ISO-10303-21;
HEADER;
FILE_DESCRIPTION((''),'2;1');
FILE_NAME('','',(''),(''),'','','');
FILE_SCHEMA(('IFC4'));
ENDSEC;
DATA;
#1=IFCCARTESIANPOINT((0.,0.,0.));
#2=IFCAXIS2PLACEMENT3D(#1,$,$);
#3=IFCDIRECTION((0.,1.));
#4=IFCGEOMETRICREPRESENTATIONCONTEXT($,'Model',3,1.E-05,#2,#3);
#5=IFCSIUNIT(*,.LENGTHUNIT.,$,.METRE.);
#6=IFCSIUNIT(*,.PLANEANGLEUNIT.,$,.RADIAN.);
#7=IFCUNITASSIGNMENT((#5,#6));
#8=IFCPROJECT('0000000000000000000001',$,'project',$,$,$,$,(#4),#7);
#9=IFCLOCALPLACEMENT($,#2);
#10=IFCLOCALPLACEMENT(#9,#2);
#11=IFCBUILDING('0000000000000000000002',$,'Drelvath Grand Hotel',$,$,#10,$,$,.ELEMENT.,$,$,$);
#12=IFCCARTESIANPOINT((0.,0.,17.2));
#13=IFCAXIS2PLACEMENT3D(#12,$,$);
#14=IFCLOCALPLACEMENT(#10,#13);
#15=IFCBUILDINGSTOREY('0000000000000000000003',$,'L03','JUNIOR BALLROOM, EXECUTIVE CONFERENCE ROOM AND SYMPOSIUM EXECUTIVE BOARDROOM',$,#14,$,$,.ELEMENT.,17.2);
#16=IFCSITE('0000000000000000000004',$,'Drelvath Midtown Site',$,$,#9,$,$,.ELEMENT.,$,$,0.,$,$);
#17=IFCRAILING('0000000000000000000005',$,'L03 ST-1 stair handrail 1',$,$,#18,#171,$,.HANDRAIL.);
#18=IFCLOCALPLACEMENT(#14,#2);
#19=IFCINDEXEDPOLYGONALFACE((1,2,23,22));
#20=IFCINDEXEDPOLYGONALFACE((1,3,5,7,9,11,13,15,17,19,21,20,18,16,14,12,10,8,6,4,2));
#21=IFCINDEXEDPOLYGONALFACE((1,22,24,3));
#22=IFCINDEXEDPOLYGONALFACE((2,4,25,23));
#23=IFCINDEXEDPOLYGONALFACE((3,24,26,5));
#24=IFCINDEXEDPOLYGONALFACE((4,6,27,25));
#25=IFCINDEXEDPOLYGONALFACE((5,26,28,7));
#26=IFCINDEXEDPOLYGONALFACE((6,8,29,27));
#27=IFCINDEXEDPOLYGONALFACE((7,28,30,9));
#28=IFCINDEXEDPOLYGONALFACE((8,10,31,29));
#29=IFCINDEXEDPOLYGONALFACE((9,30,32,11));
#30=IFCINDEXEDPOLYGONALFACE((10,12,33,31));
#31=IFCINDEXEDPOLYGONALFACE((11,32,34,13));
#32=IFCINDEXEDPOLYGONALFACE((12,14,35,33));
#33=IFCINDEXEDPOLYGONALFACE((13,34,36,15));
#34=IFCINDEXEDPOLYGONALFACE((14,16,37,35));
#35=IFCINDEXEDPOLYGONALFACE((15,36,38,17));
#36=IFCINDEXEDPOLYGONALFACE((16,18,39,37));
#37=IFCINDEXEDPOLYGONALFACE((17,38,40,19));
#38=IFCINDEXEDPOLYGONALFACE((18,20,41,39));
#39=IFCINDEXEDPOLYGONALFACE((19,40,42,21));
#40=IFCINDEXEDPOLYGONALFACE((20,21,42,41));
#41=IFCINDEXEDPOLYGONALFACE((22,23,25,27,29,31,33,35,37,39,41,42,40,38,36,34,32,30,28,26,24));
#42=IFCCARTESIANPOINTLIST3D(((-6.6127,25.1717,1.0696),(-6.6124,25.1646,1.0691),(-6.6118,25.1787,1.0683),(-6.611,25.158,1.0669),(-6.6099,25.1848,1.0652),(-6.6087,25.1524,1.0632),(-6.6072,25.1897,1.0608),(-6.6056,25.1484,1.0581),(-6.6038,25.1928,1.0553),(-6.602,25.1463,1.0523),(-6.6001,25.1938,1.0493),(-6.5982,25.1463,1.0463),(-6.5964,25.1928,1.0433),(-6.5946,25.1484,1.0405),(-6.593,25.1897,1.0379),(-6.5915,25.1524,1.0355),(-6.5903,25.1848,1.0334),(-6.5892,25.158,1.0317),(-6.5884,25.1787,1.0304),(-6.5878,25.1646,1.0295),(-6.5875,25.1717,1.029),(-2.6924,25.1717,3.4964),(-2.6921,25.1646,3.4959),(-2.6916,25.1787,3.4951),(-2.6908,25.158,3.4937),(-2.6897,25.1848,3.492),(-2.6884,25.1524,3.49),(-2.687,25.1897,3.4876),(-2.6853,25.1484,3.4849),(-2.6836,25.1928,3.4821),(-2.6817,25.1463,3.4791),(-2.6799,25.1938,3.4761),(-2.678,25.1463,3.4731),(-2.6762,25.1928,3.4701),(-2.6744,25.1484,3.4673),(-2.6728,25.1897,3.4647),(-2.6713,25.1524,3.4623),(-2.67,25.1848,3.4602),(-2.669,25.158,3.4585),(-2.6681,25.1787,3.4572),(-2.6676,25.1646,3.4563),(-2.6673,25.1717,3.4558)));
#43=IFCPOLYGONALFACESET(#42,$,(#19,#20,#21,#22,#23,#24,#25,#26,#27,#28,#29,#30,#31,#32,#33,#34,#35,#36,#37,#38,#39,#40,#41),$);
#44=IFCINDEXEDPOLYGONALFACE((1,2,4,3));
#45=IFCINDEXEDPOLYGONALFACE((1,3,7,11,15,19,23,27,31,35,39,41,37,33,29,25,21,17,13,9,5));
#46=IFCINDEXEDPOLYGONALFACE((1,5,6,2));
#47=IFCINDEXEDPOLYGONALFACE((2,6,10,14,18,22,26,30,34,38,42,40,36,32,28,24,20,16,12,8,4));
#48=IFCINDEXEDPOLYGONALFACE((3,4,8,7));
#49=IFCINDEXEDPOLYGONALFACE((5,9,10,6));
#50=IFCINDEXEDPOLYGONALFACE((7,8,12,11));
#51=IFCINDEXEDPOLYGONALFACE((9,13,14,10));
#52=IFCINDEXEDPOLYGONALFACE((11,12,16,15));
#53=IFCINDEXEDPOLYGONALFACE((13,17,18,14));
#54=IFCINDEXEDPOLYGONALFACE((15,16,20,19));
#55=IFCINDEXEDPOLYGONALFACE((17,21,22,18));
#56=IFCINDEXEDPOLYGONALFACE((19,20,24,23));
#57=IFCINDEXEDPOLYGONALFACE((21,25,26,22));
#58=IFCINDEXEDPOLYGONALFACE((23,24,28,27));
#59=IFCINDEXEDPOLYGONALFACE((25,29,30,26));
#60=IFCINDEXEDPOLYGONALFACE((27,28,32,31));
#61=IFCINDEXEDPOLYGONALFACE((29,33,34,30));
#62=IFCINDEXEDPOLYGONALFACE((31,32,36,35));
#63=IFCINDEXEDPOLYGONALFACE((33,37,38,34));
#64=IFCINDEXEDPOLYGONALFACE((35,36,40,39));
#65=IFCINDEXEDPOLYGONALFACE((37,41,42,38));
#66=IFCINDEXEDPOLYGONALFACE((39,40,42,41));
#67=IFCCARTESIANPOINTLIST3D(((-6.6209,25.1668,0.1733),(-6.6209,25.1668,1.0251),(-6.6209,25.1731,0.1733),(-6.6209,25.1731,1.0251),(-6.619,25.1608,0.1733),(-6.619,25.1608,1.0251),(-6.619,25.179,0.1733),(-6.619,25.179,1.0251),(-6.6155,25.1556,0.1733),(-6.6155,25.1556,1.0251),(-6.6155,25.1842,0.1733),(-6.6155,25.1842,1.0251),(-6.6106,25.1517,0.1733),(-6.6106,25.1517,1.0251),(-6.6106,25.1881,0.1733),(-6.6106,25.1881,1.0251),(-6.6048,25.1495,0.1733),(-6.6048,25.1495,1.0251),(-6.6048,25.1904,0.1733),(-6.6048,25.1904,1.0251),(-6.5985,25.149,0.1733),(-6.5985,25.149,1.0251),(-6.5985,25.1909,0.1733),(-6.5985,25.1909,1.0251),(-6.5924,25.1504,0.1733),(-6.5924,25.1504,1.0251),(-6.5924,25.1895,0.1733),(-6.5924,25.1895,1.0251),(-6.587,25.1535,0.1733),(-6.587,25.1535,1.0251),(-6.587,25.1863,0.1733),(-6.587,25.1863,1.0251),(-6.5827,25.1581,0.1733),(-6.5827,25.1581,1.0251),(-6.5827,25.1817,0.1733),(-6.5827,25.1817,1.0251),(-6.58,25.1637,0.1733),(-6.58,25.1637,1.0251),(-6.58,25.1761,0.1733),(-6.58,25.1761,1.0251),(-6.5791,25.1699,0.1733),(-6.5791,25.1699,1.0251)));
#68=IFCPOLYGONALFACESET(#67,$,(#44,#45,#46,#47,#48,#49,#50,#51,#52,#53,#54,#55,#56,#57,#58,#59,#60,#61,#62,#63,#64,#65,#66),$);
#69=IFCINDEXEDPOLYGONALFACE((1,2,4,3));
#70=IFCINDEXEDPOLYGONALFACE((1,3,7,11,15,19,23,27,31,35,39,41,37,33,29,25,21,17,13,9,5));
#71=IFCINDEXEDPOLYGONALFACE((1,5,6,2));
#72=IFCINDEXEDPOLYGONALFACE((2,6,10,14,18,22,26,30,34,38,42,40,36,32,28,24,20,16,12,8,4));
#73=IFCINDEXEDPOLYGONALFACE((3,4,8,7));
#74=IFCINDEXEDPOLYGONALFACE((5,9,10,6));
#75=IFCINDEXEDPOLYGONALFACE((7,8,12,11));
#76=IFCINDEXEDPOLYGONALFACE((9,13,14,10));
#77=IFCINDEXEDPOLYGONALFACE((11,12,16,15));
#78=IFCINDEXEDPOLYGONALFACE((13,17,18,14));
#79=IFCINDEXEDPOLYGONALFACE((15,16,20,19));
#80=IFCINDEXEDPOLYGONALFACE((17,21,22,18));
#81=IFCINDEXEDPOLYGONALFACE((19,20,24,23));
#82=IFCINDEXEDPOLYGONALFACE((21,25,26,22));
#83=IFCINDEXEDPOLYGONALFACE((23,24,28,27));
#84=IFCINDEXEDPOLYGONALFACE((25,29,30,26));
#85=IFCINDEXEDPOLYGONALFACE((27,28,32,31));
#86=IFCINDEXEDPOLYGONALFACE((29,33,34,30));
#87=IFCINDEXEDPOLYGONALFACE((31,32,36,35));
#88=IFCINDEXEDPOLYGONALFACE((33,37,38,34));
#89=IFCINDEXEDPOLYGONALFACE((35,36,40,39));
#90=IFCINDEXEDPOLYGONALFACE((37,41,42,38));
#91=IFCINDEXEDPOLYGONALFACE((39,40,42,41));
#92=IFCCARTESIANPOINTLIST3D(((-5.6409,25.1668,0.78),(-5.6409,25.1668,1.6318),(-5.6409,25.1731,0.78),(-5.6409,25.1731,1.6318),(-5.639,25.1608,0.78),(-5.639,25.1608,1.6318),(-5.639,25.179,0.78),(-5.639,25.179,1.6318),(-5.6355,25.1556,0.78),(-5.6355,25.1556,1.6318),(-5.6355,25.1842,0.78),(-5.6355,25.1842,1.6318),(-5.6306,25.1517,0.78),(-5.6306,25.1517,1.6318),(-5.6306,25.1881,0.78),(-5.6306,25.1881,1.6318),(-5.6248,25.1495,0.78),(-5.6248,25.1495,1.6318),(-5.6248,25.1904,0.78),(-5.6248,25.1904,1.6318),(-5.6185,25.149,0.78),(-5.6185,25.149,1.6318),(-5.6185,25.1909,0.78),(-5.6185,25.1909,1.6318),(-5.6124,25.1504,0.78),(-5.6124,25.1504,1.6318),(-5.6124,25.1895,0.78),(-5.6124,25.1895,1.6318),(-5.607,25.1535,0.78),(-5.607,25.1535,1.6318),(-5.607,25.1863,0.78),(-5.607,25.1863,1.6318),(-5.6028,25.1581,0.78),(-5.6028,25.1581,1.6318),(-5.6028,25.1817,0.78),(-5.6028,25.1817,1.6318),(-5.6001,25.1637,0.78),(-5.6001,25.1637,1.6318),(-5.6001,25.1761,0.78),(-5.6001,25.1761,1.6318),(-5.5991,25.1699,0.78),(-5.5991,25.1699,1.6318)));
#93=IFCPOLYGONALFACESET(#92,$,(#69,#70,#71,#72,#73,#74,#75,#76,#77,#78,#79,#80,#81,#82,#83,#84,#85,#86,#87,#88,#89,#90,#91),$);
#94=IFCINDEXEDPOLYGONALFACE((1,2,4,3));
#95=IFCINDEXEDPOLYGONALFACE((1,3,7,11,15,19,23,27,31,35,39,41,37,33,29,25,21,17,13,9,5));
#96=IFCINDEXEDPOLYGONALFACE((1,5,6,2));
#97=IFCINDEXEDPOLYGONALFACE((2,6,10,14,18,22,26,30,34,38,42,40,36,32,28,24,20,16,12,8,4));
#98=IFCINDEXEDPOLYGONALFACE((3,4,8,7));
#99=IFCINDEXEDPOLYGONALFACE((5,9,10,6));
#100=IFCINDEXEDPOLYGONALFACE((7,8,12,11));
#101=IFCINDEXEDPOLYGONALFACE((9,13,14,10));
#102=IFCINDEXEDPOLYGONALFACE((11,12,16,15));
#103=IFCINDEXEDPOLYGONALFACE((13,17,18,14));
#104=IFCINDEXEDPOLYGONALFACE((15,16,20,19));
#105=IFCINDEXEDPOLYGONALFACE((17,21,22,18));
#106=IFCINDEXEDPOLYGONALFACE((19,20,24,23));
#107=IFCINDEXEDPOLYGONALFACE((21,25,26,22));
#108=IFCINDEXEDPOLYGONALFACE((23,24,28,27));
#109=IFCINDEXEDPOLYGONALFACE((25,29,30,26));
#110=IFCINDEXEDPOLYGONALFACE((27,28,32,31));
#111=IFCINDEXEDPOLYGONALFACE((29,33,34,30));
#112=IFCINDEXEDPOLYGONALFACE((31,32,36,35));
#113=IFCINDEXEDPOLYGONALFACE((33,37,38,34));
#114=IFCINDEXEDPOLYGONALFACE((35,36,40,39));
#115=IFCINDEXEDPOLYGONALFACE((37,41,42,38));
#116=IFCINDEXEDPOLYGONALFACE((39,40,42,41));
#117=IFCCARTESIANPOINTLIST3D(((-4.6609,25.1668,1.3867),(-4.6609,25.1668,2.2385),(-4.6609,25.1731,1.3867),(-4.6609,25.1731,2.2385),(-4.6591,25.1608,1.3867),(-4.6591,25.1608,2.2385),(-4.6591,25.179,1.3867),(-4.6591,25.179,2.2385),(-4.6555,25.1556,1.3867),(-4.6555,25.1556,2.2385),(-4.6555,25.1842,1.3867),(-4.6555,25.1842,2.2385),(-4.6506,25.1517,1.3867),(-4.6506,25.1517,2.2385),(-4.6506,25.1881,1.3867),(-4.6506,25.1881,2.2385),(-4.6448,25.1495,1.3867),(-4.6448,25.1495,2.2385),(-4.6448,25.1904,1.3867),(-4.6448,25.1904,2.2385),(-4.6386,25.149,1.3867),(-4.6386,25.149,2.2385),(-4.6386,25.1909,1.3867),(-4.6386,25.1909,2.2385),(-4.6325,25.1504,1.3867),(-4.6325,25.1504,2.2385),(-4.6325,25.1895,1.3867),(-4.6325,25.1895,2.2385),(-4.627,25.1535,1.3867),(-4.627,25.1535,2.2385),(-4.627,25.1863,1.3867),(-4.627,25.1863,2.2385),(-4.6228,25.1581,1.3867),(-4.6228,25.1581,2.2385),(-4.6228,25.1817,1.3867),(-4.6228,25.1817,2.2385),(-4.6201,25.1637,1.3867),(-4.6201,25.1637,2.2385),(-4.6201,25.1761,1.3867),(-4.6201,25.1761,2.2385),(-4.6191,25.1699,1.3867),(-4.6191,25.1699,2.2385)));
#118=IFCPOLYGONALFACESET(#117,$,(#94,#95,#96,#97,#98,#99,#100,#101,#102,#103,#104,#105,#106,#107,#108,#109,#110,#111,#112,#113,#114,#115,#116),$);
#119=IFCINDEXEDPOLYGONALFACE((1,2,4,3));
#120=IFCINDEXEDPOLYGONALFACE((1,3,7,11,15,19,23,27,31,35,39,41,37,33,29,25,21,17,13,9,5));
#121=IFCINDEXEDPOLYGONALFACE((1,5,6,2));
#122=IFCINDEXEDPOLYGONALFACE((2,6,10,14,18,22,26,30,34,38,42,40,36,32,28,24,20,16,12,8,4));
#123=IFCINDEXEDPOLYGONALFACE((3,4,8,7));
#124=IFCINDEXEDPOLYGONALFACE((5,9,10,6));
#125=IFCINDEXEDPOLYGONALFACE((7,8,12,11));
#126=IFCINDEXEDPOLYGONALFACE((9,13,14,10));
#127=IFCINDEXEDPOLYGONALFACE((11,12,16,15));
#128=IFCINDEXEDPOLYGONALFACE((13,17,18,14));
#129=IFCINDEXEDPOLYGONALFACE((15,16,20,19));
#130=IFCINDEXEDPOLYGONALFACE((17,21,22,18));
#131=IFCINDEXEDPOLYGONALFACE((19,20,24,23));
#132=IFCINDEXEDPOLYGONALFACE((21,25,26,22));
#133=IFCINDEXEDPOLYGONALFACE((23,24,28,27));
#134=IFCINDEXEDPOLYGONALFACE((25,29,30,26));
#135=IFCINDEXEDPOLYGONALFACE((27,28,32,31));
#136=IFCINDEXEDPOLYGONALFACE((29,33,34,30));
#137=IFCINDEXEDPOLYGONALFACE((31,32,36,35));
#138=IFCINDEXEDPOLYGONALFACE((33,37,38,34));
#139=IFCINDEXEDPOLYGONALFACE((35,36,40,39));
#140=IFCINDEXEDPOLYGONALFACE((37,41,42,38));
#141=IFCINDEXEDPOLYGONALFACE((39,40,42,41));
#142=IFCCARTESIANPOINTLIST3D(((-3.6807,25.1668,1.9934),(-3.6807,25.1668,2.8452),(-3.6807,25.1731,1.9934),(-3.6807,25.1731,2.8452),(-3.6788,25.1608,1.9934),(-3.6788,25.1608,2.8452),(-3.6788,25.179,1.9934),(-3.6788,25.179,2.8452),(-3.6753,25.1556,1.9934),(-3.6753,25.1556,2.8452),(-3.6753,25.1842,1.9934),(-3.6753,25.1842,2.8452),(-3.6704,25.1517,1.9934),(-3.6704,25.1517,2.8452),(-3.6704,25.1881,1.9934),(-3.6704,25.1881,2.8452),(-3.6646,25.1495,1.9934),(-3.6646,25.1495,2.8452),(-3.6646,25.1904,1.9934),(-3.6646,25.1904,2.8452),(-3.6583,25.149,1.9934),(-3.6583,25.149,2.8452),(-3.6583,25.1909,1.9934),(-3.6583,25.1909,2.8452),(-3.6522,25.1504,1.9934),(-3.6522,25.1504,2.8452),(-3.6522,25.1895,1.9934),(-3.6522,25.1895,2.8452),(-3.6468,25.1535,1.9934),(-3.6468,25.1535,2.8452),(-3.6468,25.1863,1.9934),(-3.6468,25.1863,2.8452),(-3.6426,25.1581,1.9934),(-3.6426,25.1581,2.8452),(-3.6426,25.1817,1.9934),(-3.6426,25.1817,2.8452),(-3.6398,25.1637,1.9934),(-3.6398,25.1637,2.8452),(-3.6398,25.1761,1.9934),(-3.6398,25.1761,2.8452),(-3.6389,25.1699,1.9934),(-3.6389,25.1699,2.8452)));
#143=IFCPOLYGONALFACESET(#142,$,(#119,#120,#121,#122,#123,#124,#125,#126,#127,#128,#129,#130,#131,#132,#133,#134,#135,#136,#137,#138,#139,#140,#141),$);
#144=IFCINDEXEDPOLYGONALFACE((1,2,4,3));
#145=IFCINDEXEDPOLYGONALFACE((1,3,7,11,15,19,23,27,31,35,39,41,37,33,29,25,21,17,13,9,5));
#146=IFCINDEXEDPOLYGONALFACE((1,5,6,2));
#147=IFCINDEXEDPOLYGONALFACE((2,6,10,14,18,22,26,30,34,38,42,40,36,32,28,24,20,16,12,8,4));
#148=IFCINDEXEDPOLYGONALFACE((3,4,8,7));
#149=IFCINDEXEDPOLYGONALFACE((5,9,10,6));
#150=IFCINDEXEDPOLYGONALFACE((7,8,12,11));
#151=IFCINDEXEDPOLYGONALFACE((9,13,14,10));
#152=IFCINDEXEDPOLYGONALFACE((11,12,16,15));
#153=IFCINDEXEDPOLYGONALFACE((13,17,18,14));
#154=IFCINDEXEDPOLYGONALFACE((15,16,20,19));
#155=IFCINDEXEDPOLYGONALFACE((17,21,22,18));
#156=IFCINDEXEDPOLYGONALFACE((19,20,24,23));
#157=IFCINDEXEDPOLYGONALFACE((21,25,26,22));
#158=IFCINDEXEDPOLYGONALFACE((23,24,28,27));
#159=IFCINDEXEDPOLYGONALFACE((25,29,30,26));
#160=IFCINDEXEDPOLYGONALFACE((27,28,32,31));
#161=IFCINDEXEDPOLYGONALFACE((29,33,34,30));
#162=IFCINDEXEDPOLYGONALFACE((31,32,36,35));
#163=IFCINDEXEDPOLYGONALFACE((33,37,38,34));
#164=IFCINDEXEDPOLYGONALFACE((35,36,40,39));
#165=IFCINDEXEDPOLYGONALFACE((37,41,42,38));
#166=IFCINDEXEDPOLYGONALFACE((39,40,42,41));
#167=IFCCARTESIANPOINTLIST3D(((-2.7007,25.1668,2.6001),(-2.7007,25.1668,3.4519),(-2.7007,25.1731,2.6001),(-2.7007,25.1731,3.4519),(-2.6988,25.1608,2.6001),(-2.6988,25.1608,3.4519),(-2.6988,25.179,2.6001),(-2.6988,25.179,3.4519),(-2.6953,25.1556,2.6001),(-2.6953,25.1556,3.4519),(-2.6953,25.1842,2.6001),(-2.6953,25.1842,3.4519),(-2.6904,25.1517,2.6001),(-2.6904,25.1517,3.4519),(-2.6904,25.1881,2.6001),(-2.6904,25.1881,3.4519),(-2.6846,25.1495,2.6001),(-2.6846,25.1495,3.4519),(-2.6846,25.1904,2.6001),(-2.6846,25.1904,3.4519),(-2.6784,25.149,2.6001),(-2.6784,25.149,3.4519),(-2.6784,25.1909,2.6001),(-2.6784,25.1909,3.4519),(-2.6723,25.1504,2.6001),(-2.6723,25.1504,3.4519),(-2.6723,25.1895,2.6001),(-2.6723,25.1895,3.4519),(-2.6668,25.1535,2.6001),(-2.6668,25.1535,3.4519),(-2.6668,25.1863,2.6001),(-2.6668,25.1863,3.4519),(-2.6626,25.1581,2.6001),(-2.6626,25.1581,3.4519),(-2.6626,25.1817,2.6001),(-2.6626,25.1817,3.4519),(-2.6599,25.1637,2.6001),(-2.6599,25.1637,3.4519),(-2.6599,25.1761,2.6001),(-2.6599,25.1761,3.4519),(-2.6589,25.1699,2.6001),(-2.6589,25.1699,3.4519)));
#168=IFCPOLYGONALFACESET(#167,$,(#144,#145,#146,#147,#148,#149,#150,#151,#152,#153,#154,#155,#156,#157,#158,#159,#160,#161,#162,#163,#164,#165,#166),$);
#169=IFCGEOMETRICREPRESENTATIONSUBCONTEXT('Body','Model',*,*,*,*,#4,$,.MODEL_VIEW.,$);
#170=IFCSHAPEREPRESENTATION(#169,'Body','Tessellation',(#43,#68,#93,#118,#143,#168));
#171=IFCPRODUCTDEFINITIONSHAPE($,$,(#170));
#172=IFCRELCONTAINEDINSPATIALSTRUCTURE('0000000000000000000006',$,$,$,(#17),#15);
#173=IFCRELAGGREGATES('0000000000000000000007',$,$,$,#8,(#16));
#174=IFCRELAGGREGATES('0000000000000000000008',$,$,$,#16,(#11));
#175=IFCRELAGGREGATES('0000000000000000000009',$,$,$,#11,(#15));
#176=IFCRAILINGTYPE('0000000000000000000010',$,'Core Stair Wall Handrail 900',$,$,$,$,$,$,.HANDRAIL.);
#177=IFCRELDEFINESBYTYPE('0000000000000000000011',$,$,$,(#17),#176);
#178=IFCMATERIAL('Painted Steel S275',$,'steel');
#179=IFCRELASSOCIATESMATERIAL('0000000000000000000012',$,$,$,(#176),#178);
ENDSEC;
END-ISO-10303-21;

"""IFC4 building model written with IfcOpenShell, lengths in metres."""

from ifc_helpers import new_model, si_unit, direction, frame, origin, origin_2d, place, context, subcontext, project, spatial, circle, extrude, material, type_object, element, save


model = new_model("IFC4")

# Units and contexts
model_context = context("Model", 3, precision=1e-05, world=origin(), true_north=direction((0.0, 1.0)))
body_context = subcontext(model_context, "Body", "Model", "MODEL_VIEW")
ifc_project = project(units=[si_unit("LENGTHUNIT", "METRE"), si_unit("PLANEANGLEUNIT", "RADIAN")], contexts=[model_context])

# Site, building, storey
site_placement = place(None, origin())
site = spatial("IfcSite", under=ifc_project, at=site_placement, Name="Drelvath Midtown Site", CompositionType="ELEMENT", RefElevation=0.0)
building_placement = place(site_placement, origin())
building = spatial("IfcBuilding", under=site, at=building_placement, Name="Drelvath Grand Hotel", CompositionType="ELEMENT")
storey_placement = place(building_placement, frame((0.0, 0.0, 17.2)))
storey = spatial("IfcBuildingStorey", under=building, at=storey_placement, Name="L03", Description="JUNIOR BALLROOM, EXECUTIVE CONFERENCE ROOM AND SYMPOSIUM EXECUTIVE BOARDROOM", CompositionType="ELEMENT", Elevation=17.2)

# Shared definitions
ifc_material_1 = material(Name="Painted Steel S275", Category="steel")

# Railing
railing_type_1 = type_object("IfcRailingType", Name="Core Stair Wall Handrail 900", PredefinedType="HANDRAIL", material=ifc_material_1)
railing_1_placement = place(storey_placement, frame((-6.6001, 25.1699, 0.1733)))
element("IfcRailing", 1, at=railing_1_placement, inside=storey, type_object=railing_type_1, Name="L03 ST-1 stair handrail 1", PredefinedType="HANDRAIL", context=body_context, shape_type="SweptSolid", body=[
    extrude(circle(Radius=0.0239, at=origin_2d()), frame((0.0, 0.0, 0.876), z_axis=(0.850266, 0.0, 0.526353), x_axis=(0.0, 1.0, 0.0)), (0.0, 0.0, 1.0), 4.6106),
    extrude(circle(Radius=0.021, at=origin_2d()), origin(), (0.0, 0.0, 1.0), 0.8518),
    extrude(circle(Radius=0.021, at=origin_2d()), frame((0.98, 0.0, 0.6067)), (0.0, 0.0, 1.0), 0.8518),
    extrude(circle(Radius=0.021, at=origin_2d()), frame((1.96, 0.0, 1.2134)), (0.0, 0.0, 1.0), 0.8518),
    extrude(circle(Radius=0.021, at=origin_2d()), frame((2.9402, 0.0, 1.8201)), (0.0, 0.0, 1.0), 0.8518),
    extrude(circle(Radius=0.021, at=origin_2d()), frame((3.9202, 0.0, 2.4268)), (0.0, 0.0, 1.0), 0.8518),
])

save(model, "model.ifc")
